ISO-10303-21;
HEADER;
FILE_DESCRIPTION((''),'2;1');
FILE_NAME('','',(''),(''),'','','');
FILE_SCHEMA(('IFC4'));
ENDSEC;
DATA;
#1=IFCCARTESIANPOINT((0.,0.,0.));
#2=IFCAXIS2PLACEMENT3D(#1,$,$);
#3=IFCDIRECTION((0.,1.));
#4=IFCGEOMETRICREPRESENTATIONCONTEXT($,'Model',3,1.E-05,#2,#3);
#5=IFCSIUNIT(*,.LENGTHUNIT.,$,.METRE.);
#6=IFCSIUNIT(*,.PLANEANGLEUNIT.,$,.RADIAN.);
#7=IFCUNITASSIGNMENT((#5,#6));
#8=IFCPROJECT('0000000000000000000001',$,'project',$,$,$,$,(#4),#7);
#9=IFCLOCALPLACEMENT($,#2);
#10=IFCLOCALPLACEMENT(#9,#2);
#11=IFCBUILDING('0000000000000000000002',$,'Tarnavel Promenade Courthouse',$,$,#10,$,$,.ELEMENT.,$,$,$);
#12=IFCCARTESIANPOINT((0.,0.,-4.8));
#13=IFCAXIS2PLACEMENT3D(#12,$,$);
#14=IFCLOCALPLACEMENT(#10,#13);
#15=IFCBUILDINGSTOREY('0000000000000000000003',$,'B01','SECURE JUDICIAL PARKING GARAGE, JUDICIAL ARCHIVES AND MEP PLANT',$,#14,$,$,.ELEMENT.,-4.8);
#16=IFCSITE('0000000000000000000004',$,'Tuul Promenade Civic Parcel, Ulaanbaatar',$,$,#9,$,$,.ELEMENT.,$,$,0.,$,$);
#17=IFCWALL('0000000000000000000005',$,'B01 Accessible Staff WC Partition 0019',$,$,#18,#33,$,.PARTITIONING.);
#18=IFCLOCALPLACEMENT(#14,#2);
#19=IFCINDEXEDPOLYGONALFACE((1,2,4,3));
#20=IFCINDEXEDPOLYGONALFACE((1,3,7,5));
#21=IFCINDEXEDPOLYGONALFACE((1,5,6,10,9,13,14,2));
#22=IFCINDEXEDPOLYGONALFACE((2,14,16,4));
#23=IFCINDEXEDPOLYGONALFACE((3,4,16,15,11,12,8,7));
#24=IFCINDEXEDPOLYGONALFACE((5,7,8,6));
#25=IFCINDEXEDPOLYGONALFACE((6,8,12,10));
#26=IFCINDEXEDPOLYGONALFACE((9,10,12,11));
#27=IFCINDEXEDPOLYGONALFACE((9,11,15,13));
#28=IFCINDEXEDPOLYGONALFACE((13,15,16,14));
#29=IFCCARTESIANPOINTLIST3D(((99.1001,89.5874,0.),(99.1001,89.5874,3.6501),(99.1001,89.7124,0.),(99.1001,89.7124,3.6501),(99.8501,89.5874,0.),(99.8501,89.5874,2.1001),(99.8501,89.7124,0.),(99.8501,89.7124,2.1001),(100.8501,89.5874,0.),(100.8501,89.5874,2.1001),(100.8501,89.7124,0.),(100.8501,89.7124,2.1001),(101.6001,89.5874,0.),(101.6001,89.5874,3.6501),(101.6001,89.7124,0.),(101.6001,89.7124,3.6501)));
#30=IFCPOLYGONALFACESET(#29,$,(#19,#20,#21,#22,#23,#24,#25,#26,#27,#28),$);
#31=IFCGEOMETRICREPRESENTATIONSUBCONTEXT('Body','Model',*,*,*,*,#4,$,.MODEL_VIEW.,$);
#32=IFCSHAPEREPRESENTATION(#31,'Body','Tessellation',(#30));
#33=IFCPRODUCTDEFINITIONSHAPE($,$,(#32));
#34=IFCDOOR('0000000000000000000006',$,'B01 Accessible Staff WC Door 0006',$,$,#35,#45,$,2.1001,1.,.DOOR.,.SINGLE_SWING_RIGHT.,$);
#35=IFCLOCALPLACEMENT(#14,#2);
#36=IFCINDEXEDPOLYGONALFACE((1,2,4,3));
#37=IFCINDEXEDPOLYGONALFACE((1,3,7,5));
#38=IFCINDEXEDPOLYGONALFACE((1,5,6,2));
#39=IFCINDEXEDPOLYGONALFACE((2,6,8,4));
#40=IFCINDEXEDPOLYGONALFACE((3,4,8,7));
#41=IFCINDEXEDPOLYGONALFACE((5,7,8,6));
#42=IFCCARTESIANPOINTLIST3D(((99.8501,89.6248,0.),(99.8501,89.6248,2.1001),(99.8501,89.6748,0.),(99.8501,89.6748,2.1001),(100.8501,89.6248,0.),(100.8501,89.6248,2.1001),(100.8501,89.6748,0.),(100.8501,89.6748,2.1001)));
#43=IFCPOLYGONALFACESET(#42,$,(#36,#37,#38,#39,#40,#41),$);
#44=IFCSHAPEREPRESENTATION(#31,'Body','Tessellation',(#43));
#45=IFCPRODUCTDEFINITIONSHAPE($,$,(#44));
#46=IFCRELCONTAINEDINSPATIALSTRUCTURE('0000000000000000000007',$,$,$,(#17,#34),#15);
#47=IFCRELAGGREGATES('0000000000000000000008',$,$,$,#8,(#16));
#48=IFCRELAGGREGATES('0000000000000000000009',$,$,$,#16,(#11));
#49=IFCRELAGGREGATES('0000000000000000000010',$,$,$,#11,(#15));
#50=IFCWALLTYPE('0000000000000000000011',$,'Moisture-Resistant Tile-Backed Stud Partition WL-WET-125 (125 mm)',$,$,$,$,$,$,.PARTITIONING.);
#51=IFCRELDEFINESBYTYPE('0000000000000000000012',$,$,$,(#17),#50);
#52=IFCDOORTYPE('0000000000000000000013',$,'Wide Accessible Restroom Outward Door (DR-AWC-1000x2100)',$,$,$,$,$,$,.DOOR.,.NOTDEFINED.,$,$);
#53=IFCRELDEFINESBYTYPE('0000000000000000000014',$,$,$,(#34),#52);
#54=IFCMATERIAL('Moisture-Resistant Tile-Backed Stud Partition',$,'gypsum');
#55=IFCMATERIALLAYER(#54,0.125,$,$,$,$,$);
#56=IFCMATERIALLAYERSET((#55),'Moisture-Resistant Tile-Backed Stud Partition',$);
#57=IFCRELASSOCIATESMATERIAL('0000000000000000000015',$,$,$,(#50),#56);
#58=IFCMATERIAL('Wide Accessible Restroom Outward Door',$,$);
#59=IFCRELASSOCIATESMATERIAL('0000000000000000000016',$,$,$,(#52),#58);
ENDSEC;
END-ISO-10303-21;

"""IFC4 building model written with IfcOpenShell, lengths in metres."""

from ifc_helpers import new_model, si_unit, direction, frame, frame_2d, origin, place, context, subcontext, project, spatial, rectangle, extrude, material, layer, layer_set, type_object, element, fill, save


model = new_model("IFC4")

# Units and contexts
model_context = context("Model", 3, precision=1e-05, world=origin(), true_north=direction((0.0, 1.0)))
body_context = subcontext(model_context, "Body", "Model", "MODEL_VIEW")
ifc_project = project(units=[si_unit("LENGTHUNIT", "METRE"), si_unit("PLANEANGLEUNIT", "RADIAN")], contexts=[model_context])

# Site, building, storey
site_placement = place(None, origin())
site = spatial("IfcSite", under=ifc_project, at=site_placement, Name="Tuul Promenade Civic Parcel, Ulaanbaatar", CompositionType="ELEMENT", RefElevation=0.0)
building_placement = place(site_placement, origin())
building = spatial("IfcBuilding", under=site, at=building_placement, Name="Tarnavel Promenade Courthouse", CompositionType="ELEMENT")
storey_placement = place(building_placement, frame((0.0, 0.0, -4.8)))
storey = spatial("IfcBuildingStorey", under=building, at=storey_placement, Name="B01", Description="SECURE JUDICIAL PARKING GARAGE, JUDICIAL ARCHIVES AND MEP PLANT", CompositionType="ELEMENT", Elevation=-4.8)

# Wall, opening, door
ifc_material_1 = material(Name="Moisture-Resistant Tile-Backed Stud Partition", Category="gypsum")
ifc_layer = layer(ifc_material_1, 0.125)
ifc_layer_set = layer_set([ifc_layer], Name="Moisture-Resistant Tile-Backed Stud Partition")
wall_type = type_object("IfcWallType", Name="Moisture-Resistant Tile-Backed Stud Partition WL-WET-125 (125 mm)", PredefinedType="PARTITIONING", material=ifc_layer_set)
wall_1_placement = place(storey_placement, frame((99.1001, 89.6499, 0.0), z_axis=(0.0, 0.0, 1.0), x_axis=(1.0, 0.0, 0.0)))
wall_1 = element("IfcWall", 1, at=wall_1_placement, inside=storey, type_object=wall_type, Name="B01 Accessible Staff WC Partition 0019", PredefinedType="PARTITIONING", context=body_context, shape_type="SweptSolid", body=[
    extrude(rectangle(XDim=2.5, YDim=0.125, at=frame_2d((1.25, 0.0))), origin(), (0.0, 0.0, 1.0), 3.6501),
])
opening_1_placement = place(wall_1_placement, frame((0.75, 0.0, 0.0)))
opening_1 = element("IfcOpeningElement", 2, at=opening_1_placement, cuts=wall_1, PredefinedType="OPENING", context=body_context, shape_type="SweptSolid", body=[
    extrude(rectangle(XDim=1.0, YDim=2.1001, at=frame_2d((0.5, 1.05))), frame((0.0, 0.0725, 0.0), z_axis=(0.0, -1.0, 0.0), x_axis=(1.0, 0.0, 0.0)), (0.0, 0.0, 1.0), 0.145),
])
ifc_material_2 = material(Name="Wide Accessible Restroom Outward Door")
door_type_1 = type_object("IfcDoorType", Name="Wide Accessible Restroom Outward Door (DR-AWC-1000x2100)", OperationType="NOTDEFINED", PredefinedType="DOOR", material=ifc_material_2)
door_1_placement = place(opening_1_placement, origin())
door_1 = element("IfcDoor", 3, at=door_1_placement, inside=storey, type_object=door_type_1, Name="B01 Accessible Staff WC Door 0006", OperationType="SINGLE_SWING_RIGHT", OverallHeight=2.1001, OverallWidth=1.0, PredefinedType="DOOR", context=body_context, shape_type="SweptSolid", body=[
    extrude(rectangle(XDim=1.0, YDim=2.1001, at=frame_2d((0.5, 1.05))), frame((0.0, 0.0249, 0.0), z_axis=(0.0, -1.0, 0.0), x_axis=(1.0, 0.0, 0.0)), (0.0, 0.0, 1.0), 0.05),
])
fill(opening_1, door_1)

save(model, "model.ifc")
